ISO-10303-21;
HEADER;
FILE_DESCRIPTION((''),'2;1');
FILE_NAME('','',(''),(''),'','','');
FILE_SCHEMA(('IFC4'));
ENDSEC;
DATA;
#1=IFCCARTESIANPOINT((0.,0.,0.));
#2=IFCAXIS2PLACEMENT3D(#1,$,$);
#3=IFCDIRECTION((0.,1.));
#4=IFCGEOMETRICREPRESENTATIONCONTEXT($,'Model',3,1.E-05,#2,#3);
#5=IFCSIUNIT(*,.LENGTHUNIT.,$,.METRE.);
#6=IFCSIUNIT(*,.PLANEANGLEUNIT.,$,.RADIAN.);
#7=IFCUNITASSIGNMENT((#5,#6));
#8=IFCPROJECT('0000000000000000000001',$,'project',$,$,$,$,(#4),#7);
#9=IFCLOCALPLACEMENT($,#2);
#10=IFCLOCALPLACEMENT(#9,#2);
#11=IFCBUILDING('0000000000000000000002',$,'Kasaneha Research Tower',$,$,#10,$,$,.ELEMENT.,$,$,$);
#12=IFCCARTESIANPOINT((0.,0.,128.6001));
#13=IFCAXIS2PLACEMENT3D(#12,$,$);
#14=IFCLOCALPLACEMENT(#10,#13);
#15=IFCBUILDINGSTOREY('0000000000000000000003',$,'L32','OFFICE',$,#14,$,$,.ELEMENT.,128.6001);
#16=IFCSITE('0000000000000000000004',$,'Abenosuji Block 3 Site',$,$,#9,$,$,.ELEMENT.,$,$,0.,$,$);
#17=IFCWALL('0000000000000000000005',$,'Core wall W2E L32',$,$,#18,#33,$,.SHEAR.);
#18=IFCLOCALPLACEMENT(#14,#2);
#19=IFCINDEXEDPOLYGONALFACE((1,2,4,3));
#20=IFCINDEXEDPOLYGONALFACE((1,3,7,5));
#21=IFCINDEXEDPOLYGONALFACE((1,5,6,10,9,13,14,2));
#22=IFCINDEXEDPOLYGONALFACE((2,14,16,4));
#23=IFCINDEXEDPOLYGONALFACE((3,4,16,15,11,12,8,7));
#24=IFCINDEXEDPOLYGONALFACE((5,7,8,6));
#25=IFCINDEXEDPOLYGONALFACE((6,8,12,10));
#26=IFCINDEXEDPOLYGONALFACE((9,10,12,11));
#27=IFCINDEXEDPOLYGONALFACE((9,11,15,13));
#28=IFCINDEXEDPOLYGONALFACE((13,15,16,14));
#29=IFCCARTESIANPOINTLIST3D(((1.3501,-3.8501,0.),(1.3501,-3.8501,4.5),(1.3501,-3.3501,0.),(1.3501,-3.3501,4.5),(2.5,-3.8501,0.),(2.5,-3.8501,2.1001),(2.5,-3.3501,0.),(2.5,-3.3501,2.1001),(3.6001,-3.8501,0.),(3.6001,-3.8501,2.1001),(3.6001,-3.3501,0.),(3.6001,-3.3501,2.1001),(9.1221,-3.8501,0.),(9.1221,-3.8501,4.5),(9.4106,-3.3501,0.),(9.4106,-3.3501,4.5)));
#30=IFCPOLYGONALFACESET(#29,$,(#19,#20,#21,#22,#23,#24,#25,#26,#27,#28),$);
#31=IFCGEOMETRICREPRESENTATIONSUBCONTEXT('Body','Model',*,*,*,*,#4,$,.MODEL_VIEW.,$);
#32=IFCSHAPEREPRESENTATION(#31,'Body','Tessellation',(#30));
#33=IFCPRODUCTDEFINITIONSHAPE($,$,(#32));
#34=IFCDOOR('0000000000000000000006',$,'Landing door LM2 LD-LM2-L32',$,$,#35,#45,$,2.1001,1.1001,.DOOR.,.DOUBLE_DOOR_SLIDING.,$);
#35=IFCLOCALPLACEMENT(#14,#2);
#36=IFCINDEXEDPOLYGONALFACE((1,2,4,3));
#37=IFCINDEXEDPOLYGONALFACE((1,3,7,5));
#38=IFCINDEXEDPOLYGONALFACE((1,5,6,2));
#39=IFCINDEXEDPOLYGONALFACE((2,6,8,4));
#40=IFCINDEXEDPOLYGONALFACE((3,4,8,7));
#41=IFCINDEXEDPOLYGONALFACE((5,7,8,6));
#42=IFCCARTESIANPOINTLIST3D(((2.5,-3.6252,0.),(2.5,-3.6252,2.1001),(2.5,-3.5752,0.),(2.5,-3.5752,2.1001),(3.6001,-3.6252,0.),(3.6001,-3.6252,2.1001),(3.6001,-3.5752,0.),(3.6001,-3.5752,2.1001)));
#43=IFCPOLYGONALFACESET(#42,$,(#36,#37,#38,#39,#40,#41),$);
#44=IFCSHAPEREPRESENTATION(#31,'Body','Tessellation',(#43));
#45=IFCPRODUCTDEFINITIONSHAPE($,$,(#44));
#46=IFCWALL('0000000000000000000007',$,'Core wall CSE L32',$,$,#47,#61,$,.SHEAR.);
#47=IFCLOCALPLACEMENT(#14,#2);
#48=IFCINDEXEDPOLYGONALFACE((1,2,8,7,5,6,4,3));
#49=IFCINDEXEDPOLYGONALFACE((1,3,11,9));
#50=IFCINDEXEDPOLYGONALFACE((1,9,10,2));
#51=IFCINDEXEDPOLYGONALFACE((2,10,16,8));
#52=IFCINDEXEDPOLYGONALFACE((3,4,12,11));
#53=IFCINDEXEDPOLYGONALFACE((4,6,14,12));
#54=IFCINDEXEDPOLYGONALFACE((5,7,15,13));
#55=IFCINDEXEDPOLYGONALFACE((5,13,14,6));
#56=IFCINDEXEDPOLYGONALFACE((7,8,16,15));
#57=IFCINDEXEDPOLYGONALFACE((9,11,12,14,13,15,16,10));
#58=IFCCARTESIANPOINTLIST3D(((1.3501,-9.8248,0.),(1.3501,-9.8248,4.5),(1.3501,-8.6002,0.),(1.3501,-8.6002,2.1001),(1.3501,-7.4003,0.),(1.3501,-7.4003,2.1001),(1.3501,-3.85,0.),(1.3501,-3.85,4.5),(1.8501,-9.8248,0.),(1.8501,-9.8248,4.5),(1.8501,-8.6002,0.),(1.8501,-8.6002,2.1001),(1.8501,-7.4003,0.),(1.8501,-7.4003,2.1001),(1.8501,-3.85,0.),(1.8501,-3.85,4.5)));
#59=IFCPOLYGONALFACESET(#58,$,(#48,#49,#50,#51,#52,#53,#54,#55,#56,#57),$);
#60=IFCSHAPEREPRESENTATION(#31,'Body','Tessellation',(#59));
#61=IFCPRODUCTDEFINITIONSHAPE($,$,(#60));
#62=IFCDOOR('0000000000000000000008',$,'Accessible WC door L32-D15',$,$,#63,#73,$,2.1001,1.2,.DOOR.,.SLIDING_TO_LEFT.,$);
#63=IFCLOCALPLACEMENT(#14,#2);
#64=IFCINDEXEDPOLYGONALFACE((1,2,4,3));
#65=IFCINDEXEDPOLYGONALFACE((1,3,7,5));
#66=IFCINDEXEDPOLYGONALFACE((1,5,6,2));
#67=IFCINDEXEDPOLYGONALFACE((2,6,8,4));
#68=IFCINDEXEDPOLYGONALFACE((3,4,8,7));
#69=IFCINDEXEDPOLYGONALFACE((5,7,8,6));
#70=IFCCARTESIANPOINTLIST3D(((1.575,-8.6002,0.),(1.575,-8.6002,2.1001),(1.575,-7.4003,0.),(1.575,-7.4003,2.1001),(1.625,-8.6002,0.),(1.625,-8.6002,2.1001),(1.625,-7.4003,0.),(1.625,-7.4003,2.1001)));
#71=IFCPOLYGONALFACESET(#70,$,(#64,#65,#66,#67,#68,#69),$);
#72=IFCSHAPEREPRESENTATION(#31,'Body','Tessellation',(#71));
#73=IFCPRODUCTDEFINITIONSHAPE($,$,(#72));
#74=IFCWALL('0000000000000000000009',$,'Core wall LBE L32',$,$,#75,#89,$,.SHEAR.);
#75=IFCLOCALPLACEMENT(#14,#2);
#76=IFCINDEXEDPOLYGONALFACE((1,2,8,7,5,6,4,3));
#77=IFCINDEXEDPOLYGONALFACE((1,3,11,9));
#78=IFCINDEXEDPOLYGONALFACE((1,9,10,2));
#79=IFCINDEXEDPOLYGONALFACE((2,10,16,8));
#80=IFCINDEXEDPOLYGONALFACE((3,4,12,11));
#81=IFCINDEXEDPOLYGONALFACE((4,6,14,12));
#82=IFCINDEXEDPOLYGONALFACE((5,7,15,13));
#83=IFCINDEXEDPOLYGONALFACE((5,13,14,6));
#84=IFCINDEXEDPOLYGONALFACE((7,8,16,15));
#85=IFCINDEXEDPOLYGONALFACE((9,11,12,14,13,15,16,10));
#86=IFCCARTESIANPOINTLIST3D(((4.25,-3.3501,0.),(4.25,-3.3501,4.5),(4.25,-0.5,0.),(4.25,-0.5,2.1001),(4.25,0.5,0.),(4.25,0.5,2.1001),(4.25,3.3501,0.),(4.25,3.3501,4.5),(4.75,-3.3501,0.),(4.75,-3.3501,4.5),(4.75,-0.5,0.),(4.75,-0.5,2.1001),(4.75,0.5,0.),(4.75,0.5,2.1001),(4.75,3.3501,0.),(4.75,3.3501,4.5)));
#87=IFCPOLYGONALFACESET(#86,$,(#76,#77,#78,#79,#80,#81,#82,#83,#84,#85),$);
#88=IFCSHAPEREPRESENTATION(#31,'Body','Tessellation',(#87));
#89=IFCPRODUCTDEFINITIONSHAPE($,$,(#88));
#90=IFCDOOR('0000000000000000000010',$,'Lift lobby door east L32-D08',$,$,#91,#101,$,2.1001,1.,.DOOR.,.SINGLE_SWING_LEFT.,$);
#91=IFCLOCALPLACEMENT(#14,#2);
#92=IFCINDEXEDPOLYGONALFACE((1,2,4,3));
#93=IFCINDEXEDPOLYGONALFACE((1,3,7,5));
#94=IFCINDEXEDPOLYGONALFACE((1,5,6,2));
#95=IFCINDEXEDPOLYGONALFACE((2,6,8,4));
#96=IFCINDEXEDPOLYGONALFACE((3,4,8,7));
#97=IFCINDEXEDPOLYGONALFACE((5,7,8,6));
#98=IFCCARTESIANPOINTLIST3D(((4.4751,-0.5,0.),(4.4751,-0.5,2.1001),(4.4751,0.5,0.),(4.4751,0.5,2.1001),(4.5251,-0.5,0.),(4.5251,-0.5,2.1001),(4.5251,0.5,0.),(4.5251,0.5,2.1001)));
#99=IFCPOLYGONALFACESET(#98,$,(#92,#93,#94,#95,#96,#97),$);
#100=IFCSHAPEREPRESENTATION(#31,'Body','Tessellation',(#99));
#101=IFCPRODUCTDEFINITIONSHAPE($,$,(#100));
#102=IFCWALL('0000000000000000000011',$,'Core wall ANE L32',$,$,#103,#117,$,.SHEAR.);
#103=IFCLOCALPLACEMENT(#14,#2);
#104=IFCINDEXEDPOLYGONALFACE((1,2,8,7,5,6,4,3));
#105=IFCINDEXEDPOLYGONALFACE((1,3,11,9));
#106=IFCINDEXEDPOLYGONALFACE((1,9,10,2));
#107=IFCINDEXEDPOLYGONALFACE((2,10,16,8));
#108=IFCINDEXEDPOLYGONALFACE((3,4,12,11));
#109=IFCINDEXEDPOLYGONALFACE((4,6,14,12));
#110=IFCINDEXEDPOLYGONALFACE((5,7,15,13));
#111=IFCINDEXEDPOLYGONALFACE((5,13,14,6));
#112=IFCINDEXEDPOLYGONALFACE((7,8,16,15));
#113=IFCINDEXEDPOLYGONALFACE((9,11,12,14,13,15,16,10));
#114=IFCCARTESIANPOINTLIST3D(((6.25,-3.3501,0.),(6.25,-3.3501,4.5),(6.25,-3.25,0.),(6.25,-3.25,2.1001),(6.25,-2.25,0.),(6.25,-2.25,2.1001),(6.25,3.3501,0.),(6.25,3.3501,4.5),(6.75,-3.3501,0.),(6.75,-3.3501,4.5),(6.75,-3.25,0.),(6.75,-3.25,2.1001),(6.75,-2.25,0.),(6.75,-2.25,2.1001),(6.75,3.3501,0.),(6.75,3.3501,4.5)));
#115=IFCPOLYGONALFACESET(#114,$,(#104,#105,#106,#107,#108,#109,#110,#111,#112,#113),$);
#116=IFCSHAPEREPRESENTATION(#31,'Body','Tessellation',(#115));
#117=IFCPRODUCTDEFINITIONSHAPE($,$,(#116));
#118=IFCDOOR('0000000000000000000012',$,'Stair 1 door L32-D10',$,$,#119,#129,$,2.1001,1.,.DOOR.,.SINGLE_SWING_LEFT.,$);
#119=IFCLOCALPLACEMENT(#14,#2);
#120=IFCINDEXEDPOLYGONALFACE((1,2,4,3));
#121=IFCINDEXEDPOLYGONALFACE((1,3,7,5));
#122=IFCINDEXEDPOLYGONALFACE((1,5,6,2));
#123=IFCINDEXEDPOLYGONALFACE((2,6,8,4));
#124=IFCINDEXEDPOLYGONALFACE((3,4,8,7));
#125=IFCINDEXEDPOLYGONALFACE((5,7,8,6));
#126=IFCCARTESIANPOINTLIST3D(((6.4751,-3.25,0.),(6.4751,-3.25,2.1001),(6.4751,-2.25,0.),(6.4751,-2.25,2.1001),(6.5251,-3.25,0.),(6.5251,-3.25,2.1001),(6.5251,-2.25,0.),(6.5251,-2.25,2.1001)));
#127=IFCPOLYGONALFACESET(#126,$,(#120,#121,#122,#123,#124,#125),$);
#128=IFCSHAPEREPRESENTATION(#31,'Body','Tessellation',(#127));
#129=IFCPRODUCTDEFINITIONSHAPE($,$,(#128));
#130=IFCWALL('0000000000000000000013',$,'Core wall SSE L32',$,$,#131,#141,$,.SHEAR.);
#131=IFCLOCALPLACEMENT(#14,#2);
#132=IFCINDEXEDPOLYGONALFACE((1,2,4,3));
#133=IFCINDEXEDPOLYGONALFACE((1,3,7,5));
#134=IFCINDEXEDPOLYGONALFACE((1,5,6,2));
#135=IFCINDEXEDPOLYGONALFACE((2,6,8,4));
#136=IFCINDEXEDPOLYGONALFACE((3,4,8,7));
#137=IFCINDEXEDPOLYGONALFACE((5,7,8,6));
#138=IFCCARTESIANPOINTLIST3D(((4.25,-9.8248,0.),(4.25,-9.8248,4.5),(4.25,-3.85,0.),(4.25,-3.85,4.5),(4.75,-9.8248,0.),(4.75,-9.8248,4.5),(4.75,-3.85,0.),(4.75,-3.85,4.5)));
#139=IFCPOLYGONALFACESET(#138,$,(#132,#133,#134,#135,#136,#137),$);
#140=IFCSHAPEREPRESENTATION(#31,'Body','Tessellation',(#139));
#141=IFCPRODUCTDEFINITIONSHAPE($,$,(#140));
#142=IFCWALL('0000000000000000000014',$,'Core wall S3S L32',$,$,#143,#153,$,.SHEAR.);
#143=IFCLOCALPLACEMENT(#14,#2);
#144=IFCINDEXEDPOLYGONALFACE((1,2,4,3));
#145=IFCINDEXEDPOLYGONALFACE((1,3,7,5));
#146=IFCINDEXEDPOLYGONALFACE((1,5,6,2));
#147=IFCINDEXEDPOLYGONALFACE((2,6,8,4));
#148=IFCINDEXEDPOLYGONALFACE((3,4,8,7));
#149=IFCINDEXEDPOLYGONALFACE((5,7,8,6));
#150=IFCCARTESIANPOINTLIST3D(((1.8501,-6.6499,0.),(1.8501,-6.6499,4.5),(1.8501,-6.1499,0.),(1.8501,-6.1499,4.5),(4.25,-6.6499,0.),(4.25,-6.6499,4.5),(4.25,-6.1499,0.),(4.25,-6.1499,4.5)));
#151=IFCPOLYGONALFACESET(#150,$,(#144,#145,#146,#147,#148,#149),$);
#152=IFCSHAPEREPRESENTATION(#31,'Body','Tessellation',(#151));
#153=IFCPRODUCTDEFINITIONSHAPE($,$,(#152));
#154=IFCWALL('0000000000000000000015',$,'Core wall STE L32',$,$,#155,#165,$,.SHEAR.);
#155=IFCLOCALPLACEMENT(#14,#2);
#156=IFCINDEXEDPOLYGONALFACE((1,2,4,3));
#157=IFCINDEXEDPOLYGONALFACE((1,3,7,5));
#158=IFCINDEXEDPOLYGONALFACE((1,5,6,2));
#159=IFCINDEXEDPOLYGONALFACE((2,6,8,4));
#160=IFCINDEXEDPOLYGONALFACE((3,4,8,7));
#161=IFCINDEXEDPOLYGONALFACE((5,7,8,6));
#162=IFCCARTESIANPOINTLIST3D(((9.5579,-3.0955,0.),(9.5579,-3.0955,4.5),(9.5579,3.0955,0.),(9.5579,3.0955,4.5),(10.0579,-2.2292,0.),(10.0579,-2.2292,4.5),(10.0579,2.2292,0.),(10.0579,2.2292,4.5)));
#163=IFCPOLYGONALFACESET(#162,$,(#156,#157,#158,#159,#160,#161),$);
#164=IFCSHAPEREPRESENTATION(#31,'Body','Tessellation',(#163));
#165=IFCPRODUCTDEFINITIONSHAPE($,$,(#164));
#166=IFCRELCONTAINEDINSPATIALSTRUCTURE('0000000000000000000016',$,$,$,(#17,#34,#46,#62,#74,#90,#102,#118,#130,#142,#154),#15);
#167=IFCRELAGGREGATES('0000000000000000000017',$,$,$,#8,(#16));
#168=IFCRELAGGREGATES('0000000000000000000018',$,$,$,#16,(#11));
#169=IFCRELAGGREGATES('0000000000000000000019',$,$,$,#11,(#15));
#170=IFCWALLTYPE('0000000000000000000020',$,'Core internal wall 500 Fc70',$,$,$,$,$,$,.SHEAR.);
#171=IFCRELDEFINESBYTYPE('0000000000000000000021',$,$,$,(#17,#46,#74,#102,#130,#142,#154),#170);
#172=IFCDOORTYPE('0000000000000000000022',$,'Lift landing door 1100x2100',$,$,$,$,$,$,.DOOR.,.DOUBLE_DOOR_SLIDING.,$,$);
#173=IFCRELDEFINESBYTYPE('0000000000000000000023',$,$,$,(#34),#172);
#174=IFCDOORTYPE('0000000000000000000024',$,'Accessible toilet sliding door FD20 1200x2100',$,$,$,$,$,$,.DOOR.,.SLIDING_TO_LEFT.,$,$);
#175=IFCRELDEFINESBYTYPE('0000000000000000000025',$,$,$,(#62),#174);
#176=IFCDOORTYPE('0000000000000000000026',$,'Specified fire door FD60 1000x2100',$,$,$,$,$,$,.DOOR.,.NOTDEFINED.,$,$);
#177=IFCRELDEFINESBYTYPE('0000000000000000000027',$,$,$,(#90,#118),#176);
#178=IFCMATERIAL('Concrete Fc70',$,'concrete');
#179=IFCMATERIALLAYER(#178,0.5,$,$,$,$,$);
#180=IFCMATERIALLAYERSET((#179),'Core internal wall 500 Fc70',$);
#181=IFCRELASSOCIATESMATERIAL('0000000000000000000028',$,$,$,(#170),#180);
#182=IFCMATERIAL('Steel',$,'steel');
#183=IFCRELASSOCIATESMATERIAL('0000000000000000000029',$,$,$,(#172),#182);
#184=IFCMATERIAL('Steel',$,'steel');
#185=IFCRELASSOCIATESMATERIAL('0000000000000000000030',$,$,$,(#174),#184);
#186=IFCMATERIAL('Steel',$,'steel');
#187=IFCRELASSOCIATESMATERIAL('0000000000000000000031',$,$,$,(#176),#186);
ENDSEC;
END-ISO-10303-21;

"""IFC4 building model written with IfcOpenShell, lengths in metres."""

from ifc_helpers import new_model, si_unit, direction, frame, frame_2d, origin, place, context, subcontext, project, spatial, polyline, rectangle, outline, extrude, material, layer, layer_set, type_object, element, fill, save


model = new_model("IFC4")

# Units and contexts
model_context = context("Model", 3, precision=1e-05, world=origin(), true_north=direction((0.0, 1.0)))
body_context = subcontext(model_context, "Body", "Model", "MODEL_VIEW")
ifc_project = project(units=[si_unit("LENGTHUNIT", "METRE"), si_unit("PLANEANGLEUNIT", "RADIAN")], contexts=[model_context])

# Site, building, storey
site_placement = place(None, origin())
site = spatial("IfcSite", under=ifc_project, at=site_placement, Name="Abenosuji Block 3 Site", CompositionType="ELEMENT", RefElevation=0.0)
building_placement = place(site_placement, origin())
building = spatial("IfcBuilding", under=site, at=building_placement, Name="Kasaneha Research Tower", CompositionType="ELEMENT")
storey_placement = place(building_placement, frame((0.0, 0.0, 128.6001)))
storey = spatial("IfcBuildingStorey", under=building, at=storey_placement, Name="L32", Description="OFFICE", CompositionType="ELEMENT", Elevation=128.6001)

# Walls, openings, doors
ifc_material_1 = material(Name="Concrete Fc70", Category="concrete")
ifc_layer_1 = layer(ifc_material_1, 0.5)
ifc_layer_set_1 = layer_set([ifc_layer_1], Name="Core internal wall 500 Fc70")
wall_type_1 = type_object("IfcWallType", Name="Core internal wall 500 Fc70", PredefinedType="SHEAR", material=ifc_layer_set_1)
wall_1_placement = place(storey_placement, frame((1.3501, -3.6001, 0.0), z_axis=(0.0, 0.0, 1.0), x_axis=(1.0, 0.0, 0.0)))
wall_1 = element("IfcWall", 1, at=wall_1_placement, inside=storey, type_object=wall_type_1, Name="Core wall W2E L32", PredefinedType="SHEAR", context=body_context, shape_type="SweptSolid", body=[
    extrude(outline(polyline([(0.0, -0.25), (1.1499, -0.25), (2.25, -0.25), (7.772, -0.25), (8.0605, 0.25), (2.25, 0.25), (1.1499, 0.25), (0.0, 0.25), (0.0, -0.25)])), origin(), (0.0, 0.0, 1.0), 4.5),
])
opening_1_placement = place(wall_1_placement, frame((1.1499, 0.0, 0.0)))
opening_1 = element("IfcOpeningElement", 2, at=opening_1_placement, cuts=wall_1, PredefinedType="OPENING", context=body_context, shape_type="SweptSolid", body=[
    extrude(rectangle(XDim=1.1001, YDim=2.1001, at=frame_2d((0.55, 1.05))), frame((0.0, 0.26, 0.0), z_axis=(0.0, -1.0, 0.0), x_axis=(1.0, 0.0, 0.0)), (0.0, 0.0, 1.0), 0.52),
])
ifc_material_2 = material(Name="Steel", Category="steel")
door_type_1 = type_object("IfcDoorType", Name="Lift landing door 1100x2100", OperationType="DOUBLE_DOOR_SLIDING", PredefinedType="DOOR", material=ifc_material_2)
door_1_placement = place(opening_1_placement, origin())
door_1 = element("IfcDoor", 3, at=door_1_placement, inside=storey, type_object=door_type_1, Name="Landing door LM2 LD-LM2-L32", OperationType="DOUBLE_DOOR_SLIDING", OverallHeight=2.1001, OverallWidth=1.1001, PredefinedType="DOOR", context=body_context, shape_type="SweptSolid", body=[
    extrude(rectangle(XDim=1.1001, YDim=2.1001, at=frame_2d((0.55, 1.05))), frame((0.0, 0.0249, 0.0), z_axis=(0.0, -1.0, 0.0), x_axis=(1.0, 0.0, 0.0)), (0.0, 0.0, 1.0), 0.05),
])
fill(opening_1, door_1)
wall_2_placement = place(storey_placement, frame((1.6001, -3.8501, 0.0), z_axis=(0.0, 0.0, 1.0), x_axis=(0.0, -1.0, 0.0)))
wall_2 = element("IfcWall", 4, at=wall_2_placement, inside=storey, type_object=wall_type_1, Name="Core wall CSE L32", PredefinedType="SHEAR", context=body_context, shape_type="SweptSolid", body=[
    extrude(rectangle(XDim=5.9749, YDim=0.5, at=frame_2d((2.9873, 0.0))), origin(), (0.0, 0.0, 1.0), 4.5),
])
opening_2_placement = place(wall_2_placement, frame((3.55, 0.0, 0.0)))
opening_2 = element("IfcOpeningElement", 5, at=opening_2_placement, cuts=wall_2, PredefinedType="OPENING", context=body_context, shape_type="SweptSolid", body=[
    extrude(rectangle(XDim=1.2, YDim=2.1001, at=frame_2d((0.6001, 1.05))), frame((0.0, 0.26, 0.0), z_axis=(0.0, -1.0, 0.0), x_axis=(1.0, 0.0, 0.0)), (0.0, 0.0, 1.0), 0.52),
])
ifc_material_3 = material(Name="Steel", Category="steel")
door_type_2 = type_object("IfcDoorType", Name="Accessible toilet sliding door FD20 1200x2100", OperationType="SLIDING_TO_LEFT", PredefinedType="DOOR", material=ifc_material_3)
door_2_placement = place(opening_2_placement, origin())
door_2 = element("IfcDoor", 6, at=door_2_placement, inside=storey, type_object=door_type_2, Name="Accessible WC door L32-D15", OperationType="SLIDING_TO_LEFT", OverallHeight=2.1001, OverallWidth=1.2, PredefinedType="DOOR", context=body_context, shape_type="SweptSolid", body=[
    extrude(rectangle(XDim=1.2, YDim=2.1001, at=frame_2d((0.6001, 1.05))), frame((0.0, 0.0249, 0.0), z_axis=(0.0, -1.0, 0.0), x_axis=(1.0, 0.0, 0.0)), (0.0, 0.0, 1.0), 0.05),
])
fill(opening_2, door_2)
wall_3_placement = place(storey_placement, frame((4.5, -3.3501, 0.0), z_axis=(0.0, 0.0, 1.0), x_axis=(0.0, 1.0, 0.0)))
wall_3 = element("IfcWall", 7, at=wall_3_placement, inside=storey, type_object=wall_type_1, Name="Core wall LBE L32", PredefinedType="SHEAR", context=body_context, shape_type="SweptSolid", body=[
    extrude(rectangle(XDim=6.7002, YDim=0.5, at=frame_2d((3.3501, 0.0))), origin(), (0.0, 0.0, 1.0), 4.5),
])
opening_3_placement = place(wall_3_placement, frame((2.8501, 0.0, 0.0)))
opening_3 = element("IfcOpeningElement", 8, at=opening_3_placement, cuts=wall_3, PredefinedType="OPENING", context=body_context, shape_type="SweptSolid", body=[
    extrude(rectangle(XDim=1.0, YDim=2.1001, at=frame_2d((0.5, 1.05))), frame((0.0, 0.26, 0.0), z_axis=(0.0, -1.0, 0.0), x_axis=(1.0, 0.0, 0.0)), (0.0, 0.0, 1.0), 0.52),
])
ifc_material_4 = material(Name="Steel", Category="steel")
door_type_3 = type_object("IfcDoorType", Name="Specified fire door FD60 1000x2100", OperationType="NOTDEFINED", PredefinedType="DOOR", material=ifc_material_4)
door_3_placement = place(opening_3_placement, origin())
door_3 = element("IfcDoor", 9, at=door_3_placement, inside=storey, type_object=door_type_3, Name="Lift lobby door east L32-D08", OperationType="SINGLE_SWING_LEFT", OverallHeight=2.1001, OverallWidth=1.0, PredefinedType="DOOR", context=body_context, shape_type="SweptSolid", body=[
    extrude(rectangle(XDim=1.0, YDim=2.1001, at=frame_2d((0.5, 1.05))), frame((0.0, 0.0249, 0.0), z_axis=(0.0, -1.0, 0.0), x_axis=(1.0, 0.0, 0.0)), (0.0, 0.0, 1.0), 0.05),
])
fill(opening_3, door_3)
wall_4_placement = place(storey_placement, frame((6.5, -3.3501, 0.0), z_axis=(0.0, 0.0, 1.0), x_axis=(0.0, 1.0, 0.0)))
wall_4 = element("IfcWall", 10, at=wall_4_placement, inside=storey, type_object=wall_type_1, Name="Core wall ANE L32", PredefinedType="SHEAR", context=body_context, shape_type="SweptSolid", body=[
    extrude(rectangle(XDim=6.7002, YDim=0.5, at=frame_2d((3.3501, 0.0))), origin(), (0.0, 0.0, 1.0), 4.5),
])
opening_4_placement = place(wall_4_placement, frame((0.1001, 0.0, 0.0)))
opening_4 = element("IfcOpeningElement", 11, at=opening_4_placement, cuts=wall_4, PredefinedType="OPENING", context=body_context, shape_type="SweptSolid", body=[
    extrude(rectangle(XDim=1.0, YDim=2.1001, at=frame_2d((0.5, 1.05))), frame((0.0, 0.26, 0.0), z_axis=(0.0, -1.0, 0.0), x_axis=(1.0, 0.0, 0.0)), (0.0, 0.0, 1.0), 0.52),
])
door_4_placement = place(opening_4_placement, origin())
door_4 = element("IfcDoor", 12, at=door_4_placement, inside=storey, type_object=door_type_3, Name="Stair 1 door L32-D10", OperationType="SINGLE_SWING_LEFT", OverallHeight=2.1001, OverallWidth=1.0, PredefinedType="DOOR", context=body_context, shape_type="SweptSolid", body=[
    extrude(rectangle(XDim=1.0, YDim=2.1001, at=frame_2d((0.5, 1.05))), frame((0.0, 0.0249, 0.0), z_axis=(0.0, -1.0, 0.0), x_axis=(1.0, 0.0, 0.0)), (0.0, 0.0, 1.0), 0.05),
])
fill(opening_4, door_4)

# Walls
wall_5_placement = place(storey_placement, frame((4.5, -3.8501, 0.0), z_axis=(0.0, 0.0, 1.0), x_axis=(0.0, -1.0, 0.0)))
element("IfcWall", 13, at=wall_5_placement, inside=storey, type_object=wall_type_1, Name="Core wall SSE L32", PredefinedType="SHEAR", context=body_context, shape_type="SweptSolid", body=[
    extrude(rectangle(XDim=5.9749, YDim=0.5, at=frame_2d((2.9873, 0.0))), origin(), (0.0, 0.0, 1.0), 4.5),
])
wall_6_placement = place(storey_placement, frame((1.8501, -6.3999, 0.0), z_axis=(0.0, 0.0, 1.0), x_axis=(1.0, 0.0, 0.0)))
element("IfcWall", 14, at=wall_6_placement, inside=storey, type_object=wall_type_1, Name="Core wall S3S L32", PredefinedType="SHEAR", context=body_context, shape_type="SweptSolid", body=[
    extrude(rectangle(XDim=2.3999, YDim=0.5, at=frame_2d((1.2, 0.0))), origin(), (0.0, 0.0, 1.0), 4.5),
])
wall_7_placement = place(storey_placement, frame((9.8079, -2.6624, 0.0), z_axis=(0.0, 0.0, 1.0), x_axis=(0.0, 1.0, 0.0)))
element("IfcWall", 15, at=wall_7_placement, inside=storey, type_object=wall_type_1, Name="Core wall STE L32", PredefinedType="SHEAR", context=body_context, shape_type="SweptSolid", body=[
    extrude(outline(polyline([(0.4331, -0.25), (4.8916, -0.25), (5.7578, 0.25), (-0.4331, 0.25), (0.4331, -0.25)])), origin(), (0.0, 0.0, 1.0), 4.5),
])

save(model, "model.ifc")
